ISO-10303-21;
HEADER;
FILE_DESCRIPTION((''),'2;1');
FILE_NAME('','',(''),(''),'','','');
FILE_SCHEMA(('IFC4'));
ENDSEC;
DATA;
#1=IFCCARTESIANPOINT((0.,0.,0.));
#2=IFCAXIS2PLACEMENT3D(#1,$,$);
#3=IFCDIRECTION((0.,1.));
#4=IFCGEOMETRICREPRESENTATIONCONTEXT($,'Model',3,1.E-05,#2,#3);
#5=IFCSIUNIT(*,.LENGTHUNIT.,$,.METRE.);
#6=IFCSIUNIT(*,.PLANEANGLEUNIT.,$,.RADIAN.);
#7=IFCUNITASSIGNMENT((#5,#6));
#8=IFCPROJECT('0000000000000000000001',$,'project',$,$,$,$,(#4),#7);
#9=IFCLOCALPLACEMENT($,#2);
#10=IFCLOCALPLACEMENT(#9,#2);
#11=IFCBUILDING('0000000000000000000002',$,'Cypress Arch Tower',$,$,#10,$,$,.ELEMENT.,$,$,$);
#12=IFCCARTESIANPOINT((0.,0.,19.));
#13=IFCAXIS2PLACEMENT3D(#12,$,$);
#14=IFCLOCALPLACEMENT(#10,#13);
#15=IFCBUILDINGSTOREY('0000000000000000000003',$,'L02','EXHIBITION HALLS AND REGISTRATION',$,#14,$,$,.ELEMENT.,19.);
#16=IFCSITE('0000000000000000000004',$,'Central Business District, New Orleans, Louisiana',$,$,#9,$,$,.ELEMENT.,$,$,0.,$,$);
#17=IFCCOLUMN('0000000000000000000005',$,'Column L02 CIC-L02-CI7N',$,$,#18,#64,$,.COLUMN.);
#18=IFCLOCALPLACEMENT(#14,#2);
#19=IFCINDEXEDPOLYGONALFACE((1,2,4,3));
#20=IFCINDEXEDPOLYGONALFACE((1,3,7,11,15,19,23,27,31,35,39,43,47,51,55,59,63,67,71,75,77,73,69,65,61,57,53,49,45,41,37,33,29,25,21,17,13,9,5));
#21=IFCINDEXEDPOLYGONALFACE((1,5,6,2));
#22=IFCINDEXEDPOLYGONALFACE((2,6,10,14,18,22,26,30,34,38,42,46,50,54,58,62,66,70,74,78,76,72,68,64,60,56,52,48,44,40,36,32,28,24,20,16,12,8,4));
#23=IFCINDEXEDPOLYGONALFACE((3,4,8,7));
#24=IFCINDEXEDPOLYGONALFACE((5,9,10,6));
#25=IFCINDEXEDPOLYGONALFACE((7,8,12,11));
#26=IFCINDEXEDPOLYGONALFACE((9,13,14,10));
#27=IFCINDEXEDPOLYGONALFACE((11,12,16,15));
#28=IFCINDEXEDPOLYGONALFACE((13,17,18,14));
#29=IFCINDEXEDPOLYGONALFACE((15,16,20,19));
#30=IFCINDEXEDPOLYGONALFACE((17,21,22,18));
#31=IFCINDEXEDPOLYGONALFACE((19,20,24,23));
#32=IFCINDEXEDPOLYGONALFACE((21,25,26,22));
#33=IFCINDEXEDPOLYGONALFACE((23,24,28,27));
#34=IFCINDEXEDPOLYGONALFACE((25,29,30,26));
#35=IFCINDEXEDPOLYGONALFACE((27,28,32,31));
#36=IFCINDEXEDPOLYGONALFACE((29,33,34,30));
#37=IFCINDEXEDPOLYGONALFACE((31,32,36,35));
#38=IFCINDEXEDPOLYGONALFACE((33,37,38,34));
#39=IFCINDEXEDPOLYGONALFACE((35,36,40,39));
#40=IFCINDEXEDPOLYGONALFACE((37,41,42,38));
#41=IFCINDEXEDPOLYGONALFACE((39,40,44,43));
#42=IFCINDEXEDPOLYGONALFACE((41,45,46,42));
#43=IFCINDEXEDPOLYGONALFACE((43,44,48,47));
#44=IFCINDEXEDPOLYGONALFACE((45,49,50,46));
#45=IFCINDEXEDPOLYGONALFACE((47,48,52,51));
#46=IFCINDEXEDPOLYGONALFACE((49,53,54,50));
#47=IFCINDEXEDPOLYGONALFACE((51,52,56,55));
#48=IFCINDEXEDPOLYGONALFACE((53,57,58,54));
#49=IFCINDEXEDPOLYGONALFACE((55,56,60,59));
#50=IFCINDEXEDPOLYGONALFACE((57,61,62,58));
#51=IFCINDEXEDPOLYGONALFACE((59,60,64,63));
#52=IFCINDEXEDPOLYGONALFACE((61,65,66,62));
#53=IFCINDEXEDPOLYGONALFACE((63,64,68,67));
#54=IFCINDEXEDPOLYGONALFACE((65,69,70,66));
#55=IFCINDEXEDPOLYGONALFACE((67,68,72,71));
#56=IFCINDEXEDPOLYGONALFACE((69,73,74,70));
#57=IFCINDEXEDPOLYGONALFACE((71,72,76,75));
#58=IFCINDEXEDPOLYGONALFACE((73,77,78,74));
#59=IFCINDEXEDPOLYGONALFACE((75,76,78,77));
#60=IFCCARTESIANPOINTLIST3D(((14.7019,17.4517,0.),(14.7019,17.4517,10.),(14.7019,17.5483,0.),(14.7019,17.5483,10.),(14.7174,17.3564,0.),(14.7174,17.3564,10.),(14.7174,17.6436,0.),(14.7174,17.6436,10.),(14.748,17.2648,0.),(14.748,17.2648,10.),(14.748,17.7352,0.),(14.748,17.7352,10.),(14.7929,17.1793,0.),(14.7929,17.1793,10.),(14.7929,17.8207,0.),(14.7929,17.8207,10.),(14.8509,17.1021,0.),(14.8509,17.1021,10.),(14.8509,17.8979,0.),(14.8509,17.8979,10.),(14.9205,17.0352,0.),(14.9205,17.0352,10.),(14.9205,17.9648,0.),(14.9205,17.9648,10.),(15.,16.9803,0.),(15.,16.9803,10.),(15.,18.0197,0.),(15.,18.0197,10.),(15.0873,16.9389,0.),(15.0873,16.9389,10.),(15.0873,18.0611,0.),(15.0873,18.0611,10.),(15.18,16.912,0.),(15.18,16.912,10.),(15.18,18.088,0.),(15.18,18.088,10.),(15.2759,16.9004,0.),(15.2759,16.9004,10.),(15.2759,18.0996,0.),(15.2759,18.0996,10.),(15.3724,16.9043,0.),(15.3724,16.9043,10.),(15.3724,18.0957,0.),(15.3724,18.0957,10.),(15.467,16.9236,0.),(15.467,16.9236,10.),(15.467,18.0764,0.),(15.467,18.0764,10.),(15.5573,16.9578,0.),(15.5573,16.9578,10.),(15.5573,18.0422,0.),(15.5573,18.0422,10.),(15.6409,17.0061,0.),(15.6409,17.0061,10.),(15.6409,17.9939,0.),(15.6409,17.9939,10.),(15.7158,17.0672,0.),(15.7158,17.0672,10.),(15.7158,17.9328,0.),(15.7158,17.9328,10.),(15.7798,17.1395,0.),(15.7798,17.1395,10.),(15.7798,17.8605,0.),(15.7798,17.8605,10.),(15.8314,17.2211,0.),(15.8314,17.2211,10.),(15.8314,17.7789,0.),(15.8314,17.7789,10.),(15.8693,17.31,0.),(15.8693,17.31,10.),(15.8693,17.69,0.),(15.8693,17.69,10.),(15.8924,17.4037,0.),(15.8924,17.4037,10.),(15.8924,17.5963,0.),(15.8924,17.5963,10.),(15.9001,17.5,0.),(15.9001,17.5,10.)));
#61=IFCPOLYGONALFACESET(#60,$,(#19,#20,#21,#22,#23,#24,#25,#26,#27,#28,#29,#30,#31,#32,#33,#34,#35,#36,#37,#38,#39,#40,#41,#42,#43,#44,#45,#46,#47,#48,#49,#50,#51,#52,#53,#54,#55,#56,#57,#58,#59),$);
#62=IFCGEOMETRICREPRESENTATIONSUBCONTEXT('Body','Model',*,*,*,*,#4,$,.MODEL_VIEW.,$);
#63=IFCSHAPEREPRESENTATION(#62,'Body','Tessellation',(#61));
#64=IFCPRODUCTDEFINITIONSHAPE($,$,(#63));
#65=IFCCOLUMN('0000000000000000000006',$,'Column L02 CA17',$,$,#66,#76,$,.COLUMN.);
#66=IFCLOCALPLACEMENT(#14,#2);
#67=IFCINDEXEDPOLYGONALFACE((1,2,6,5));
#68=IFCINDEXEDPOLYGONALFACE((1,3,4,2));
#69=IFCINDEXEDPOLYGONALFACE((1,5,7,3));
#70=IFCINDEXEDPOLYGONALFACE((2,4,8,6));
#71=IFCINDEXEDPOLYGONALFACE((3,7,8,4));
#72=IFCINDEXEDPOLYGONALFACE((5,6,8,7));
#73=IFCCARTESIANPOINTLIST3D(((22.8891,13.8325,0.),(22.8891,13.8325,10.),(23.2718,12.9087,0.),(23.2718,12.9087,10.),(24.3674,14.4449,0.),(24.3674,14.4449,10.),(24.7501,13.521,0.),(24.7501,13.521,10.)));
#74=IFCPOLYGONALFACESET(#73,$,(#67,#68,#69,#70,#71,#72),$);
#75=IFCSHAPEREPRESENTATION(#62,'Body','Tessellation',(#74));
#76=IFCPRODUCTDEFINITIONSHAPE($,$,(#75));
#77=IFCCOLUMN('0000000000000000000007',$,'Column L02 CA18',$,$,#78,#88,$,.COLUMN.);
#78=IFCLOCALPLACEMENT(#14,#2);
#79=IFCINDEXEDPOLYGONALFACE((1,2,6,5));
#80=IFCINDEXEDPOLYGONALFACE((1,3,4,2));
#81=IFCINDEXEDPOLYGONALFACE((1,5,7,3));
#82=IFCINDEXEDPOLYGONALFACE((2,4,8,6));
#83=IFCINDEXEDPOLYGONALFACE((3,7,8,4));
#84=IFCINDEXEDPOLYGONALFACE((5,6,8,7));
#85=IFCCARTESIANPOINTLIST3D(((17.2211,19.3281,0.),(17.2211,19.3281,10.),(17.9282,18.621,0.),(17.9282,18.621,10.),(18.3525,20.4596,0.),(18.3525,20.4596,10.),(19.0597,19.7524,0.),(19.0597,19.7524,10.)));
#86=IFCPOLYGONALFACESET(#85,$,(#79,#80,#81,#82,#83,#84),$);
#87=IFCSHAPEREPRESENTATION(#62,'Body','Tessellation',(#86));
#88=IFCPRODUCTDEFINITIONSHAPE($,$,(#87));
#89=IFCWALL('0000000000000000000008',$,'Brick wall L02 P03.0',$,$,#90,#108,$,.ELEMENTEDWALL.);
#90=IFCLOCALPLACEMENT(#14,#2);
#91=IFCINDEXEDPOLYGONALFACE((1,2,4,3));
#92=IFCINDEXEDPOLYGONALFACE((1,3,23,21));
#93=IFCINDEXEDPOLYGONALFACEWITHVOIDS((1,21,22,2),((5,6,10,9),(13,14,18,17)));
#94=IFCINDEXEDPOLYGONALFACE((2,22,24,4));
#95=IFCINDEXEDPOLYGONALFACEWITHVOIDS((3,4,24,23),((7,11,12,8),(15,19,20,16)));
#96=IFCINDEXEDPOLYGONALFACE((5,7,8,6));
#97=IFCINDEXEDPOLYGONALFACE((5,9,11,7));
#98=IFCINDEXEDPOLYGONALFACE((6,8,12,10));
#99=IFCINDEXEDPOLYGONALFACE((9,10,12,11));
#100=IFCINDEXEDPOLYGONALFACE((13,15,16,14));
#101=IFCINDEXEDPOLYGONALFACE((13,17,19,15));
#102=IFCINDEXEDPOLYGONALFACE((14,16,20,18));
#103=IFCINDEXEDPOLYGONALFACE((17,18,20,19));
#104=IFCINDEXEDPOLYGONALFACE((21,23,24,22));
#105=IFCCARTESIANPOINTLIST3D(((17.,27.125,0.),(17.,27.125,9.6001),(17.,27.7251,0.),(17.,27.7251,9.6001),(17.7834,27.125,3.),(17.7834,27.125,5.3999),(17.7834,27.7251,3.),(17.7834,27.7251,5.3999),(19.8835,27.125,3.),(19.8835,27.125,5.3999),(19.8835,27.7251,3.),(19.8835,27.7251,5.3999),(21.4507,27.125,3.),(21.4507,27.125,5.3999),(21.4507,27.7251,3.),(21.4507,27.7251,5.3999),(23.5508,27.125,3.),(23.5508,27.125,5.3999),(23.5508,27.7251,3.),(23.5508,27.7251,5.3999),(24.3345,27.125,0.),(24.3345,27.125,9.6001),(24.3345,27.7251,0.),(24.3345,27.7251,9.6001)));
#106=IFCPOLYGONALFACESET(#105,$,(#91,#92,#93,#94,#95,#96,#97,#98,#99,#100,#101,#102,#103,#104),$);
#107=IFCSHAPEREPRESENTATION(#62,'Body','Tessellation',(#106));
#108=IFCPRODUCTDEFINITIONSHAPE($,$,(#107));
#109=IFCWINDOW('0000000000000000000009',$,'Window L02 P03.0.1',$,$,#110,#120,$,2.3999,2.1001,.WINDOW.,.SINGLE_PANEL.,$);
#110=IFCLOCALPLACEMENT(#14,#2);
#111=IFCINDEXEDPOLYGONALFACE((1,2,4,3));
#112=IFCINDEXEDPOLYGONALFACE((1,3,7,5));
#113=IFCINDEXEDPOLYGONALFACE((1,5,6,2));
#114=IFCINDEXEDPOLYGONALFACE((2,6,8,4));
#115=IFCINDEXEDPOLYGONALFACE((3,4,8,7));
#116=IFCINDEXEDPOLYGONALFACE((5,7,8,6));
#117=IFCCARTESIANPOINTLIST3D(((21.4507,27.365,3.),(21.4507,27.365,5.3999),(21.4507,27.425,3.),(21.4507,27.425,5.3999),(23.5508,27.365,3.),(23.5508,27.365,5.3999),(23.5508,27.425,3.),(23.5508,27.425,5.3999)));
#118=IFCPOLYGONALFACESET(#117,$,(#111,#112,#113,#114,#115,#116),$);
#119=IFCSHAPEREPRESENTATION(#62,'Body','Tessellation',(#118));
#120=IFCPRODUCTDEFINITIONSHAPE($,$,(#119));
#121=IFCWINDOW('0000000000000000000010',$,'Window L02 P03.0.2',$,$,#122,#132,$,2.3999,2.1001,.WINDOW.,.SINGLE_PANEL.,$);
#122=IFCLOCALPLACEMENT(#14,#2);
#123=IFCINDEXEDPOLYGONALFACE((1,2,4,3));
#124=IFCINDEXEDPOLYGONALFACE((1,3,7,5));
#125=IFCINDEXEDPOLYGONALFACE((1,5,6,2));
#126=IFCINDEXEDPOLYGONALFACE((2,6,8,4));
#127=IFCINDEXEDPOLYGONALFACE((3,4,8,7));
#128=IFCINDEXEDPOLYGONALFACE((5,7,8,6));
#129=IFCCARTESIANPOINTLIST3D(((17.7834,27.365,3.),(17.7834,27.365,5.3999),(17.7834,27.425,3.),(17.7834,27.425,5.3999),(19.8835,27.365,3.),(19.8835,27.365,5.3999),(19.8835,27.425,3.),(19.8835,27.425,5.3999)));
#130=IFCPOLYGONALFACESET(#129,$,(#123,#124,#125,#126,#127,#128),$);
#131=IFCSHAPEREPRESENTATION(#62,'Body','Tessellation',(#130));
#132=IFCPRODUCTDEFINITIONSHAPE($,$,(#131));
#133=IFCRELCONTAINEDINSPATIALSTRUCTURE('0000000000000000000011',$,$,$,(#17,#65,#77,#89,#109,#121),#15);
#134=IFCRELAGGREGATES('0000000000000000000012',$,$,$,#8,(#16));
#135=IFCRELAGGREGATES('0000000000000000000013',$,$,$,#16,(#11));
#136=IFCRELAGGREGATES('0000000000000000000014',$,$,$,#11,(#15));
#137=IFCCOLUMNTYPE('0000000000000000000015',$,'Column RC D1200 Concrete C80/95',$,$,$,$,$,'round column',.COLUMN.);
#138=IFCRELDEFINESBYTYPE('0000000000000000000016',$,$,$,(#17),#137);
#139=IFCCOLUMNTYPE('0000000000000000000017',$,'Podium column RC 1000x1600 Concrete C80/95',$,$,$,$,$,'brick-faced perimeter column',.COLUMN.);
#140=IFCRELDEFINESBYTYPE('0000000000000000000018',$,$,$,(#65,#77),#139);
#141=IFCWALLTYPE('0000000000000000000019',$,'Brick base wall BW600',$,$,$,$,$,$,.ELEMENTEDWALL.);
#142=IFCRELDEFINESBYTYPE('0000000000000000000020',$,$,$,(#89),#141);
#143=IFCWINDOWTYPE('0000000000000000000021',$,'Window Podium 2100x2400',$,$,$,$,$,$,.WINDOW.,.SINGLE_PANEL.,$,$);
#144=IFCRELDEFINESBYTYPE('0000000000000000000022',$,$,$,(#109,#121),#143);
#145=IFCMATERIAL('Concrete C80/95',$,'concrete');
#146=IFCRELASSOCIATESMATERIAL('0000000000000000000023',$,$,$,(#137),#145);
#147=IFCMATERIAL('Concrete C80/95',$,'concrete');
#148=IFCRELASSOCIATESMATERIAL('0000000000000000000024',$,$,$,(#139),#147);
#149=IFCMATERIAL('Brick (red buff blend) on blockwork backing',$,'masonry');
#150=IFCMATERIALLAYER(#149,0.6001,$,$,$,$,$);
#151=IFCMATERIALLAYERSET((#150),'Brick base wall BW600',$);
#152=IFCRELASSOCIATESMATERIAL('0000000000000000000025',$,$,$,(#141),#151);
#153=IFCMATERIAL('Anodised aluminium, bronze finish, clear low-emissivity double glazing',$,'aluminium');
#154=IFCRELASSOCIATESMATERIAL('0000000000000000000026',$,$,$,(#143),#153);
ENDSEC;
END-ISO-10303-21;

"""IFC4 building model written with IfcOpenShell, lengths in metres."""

from ifc_helpers import new_model, si_unit, direction, frame, frame_2d, origin, origin_2d, place, context, subcontext, project, spatial, rectangle, circle, extrude, material, layer, layer_set, material_profile, profile_set, type_object, element, fill, save


model = new_model("IFC4")

# Units and contexts
model_context = context("Model", 3, precision=1e-05, world=origin(), true_north=direction((0.0, 1.0)))
body_context = subcontext(model_context, "Body", "Model", "MODEL_VIEW")
ifc_project = project(units=[si_unit("LENGTHUNIT", "METRE"), si_unit("PLANEANGLEUNIT", "RADIAN")], contexts=[model_context])

# Site, building, storey
site_placement = place(None, origin())
site = spatial("IfcSite", under=ifc_project, at=site_placement, Name="Central Business District, New Orleans, Louisiana", CompositionType="ELEMENT", RefElevation=0.0)
building_placement = place(site_placement, origin())
building = spatial("IfcBuilding", under=site, at=building_placement, Name="Cypress Arch Tower", CompositionType="ELEMENT")
storey_placement = place(building_placement, frame((0.0, 0.0, 19.0)))
storey = spatial("IfcBuildingStorey", under=building, at=storey_placement, Name="L02", Description="EXHIBITION HALLS AND REGISTRATION", CompositionType="ELEMENT", Elevation=19.0)

# Columns
ifc_material_1 = material(Name="Concrete C80/95", Category="concrete")
ifc_material_profile_1 = material_profile(ifc_material_1, circle(Radius=0.6001, at=origin_2d()), Name="RC D1200")
ifc_profile_set_1 = profile_set([ifc_material_profile_1], Name="Concrete C80/95")
column_type_1 = type_object("IfcColumnType", Name="Column RC D1200 Concrete C80/95", ElementType="round column", PredefinedType="COLUMN", material=ifc_profile_set_1)
column_placement = place(storey_placement, frame((15.3, 17.5, 0.0), z_axis=(0.0, 0.0, 1.0), x_axis=(1.0, 0.0, 0.0)))
element("IfcColumn", 1, at=column_placement, inside=storey, type_object=column_type_1, Name="Column L02 CIC-L02-CI7N", PredefinedType="COLUMN", context=body_context, shape_type="SweptSolid", body=[
    extrude(circle(Radius=0.6001, at=origin_2d()), origin(), (0.0, 0.0, 1.0), 10.0),
])
ifc_material_2 = material(Name="Concrete C80/95", Category="concrete")
ifc_material_profile_2 = material_profile(ifc_material_2, rectangle(XDim=1.0, YDim=1.6001, at=origin_2d()), Name="RC 1000x1600")
ifc_profile_set_2 = profile_set([ifc_material_profile_2], Name="Concrete C80/95")
column_type_2 = type_object("IfcColumnType", Name="Podium column RC 1000x1600 Concrete C80/95", ElementType="brick-faced perimeter column", PredefinedType="COLUMN", material=ifc_profile_set_2)
for number, where, z_axis, x_axis, name in (
    (2, (23.8196, 13.6768, 0.0), (0.0, 0.0, 1.0), (-0.382683, 0.92388, 0.0), "Column L02 CA17"),
    (3, (18.1404, 19.5403, 0.0), (0.0, 0.0, 1.0), (-0.707107, 0.707107, 0.0), "Column L02 CA18"),
):
    element("IfcColumn", number, at=place(storey_placement, frame(where, z_axis=z_axis, x_axis=x_axis)), inside=storey, type_object=column_type_2, Name=name, PredefinedType="COLUMN", context=body_context, shape_type="SweptSolid", body=[
        extrude(rectangle(XDim=1.0, YDim=1.6001, at=origin_2d()), origin(), (0.0, 0.0, 1.0), 10.0),
    ])

# Wall, openings, windows
ifc_material_3 = material(Name="Brick (red buff blend) on blockwork backing", Category="masonry")
ifc_layer_1 = layer(ifc_material_3, 0.6001)
ifc_layer_set_1 = layer_set([ifc_layer_1], Name="Brick base wall BW600")
wall_type_1 = type_object("IfcWallType", Name="Brick base wall BW600", PredefinedType="ELEMENTEDWALL", material=ifc_layer_set_1)
wall_1_placement = place(storey_placement, frame((24.3345, 27.425, 0.0), z_axis=(0.0, 0.0, 1.0), x_axis=(-1.0, 0.0, 0.0)))
wall_1 = element("IfcWall", 4, at=wall_1_placement, inside=storey, type_object=wall_type_1, Name="Brick wall L02 P03.0", PredefinedType="ELEMENTEDWALL", context=body_context, shape_type="SweptSolid", body=[
    extrude(rectangle(XDim=7.3345, YDim=0.6001, at=frame_2d((3.6672, 0.0))), origin(), (0.0, 0.0, 1.0), 9.6001),
])
opening_1_placement = place(wall_1_placement, frame((0.7837, 0.0, 3.0)))
opening_1 = element("IfcOpeningElement", 5, at=opening_1_placement, cuts=wall_1, PredefinedType="OPENING", context=body_context, shape_type="SweptSolid", body=[
    extrude(rectangle(XDim=2.1001, YDim=2.3999, at=frame_2d((1.05, 1.2))), frame((0.0, 0.3101, 0.0), z_axis=(0.0, -1.0, 0.0), x_axis=(1.0, 0.0, 0.0)), (0.0, 0.0, 1.0), 0.6201),
])
opening_2_placement = place(wall_1_placement, frame((4.4509, 0.0, 3.0)))
opening_2 = element("IfcOpeningElement", 6, at=opening_2_placement, cuts=wall_1, PredefinedType="OPENING", context=body_context, shape_type="SweptSolid", body=[
    extrude(rectangle(XDim=2.1001, YDim=2.3999, at=frame_2d((1.05, 1.2))), frame((0.0, 0.3101, 0.0), z_axis=(0.0, -1.0, 0.0), x_axis=(1.0, 0.0, 0.0)), (0.0, 0.0, 1.0), 0.6201),
])
ifc_material_4 = material(Name="Anodised aluminium, bronze finish, clear low-emissivity double glazing", Category="aluminium")
window_type = type_object("IfcWindowType", Name="Window Podium 2100x2400", PartitioningType="SINGLE_PANEL", PredefinedType="WINDOW", material=ifc_material_4)
window_1_placement = place(opening_1_placement, origin())
window_1 = element("IfcWindow", 7, at=window_1_placement, inside=storey, type_object=window_type, Name="Window L02 P03.0.1", OverallHeight=2.3999, OverallWidth=2.1001, PartitioningType="SINGLE_PANEL", PredefinedType="WINDOW", context=body_context, shape_type="SweptSolid", body=[
    extrude(rectangle(XDim=2.1001, YDim=2.3999, at=frame_2d((1.05, 1.2))), frame((0.0, 0.0601, 0.0), z_axis=(0.0, -1.0, 0.0), x_axis=(1.0, 0.0, 0.0)), (0.0, 0.0, 1.0), 0.0601),
])
fill(opening_1, window_1)
window_2_placement = place(opening_2_placement, origin())
window_2 = element("IfcWindow", 8, at=window_2_placement, inside=storey, type_object=window_type, Name="Window L02 P03.0.2", OverallHeight=2.3999, OverallWidth=2.1001, PartitioningType="SINGLE_PANEL", PredefinedType="WINDOW", context=body_context, shape_type="SweptSolid", body=[
    extrude(rectangle(XDim=2.1001, YDim=2.3999, at=frame_2d((1.05, 1.2))), frame((0.0, 0.0601, 0.0), z_axis=(0.0, -1.0, 0.0), x_axis=(1.0, 0.0, 0.0)), (0.0, 0.0, 1.0), 0.0601),
])
fill(opening_2, window_2)

save(model, "model.ifc")
